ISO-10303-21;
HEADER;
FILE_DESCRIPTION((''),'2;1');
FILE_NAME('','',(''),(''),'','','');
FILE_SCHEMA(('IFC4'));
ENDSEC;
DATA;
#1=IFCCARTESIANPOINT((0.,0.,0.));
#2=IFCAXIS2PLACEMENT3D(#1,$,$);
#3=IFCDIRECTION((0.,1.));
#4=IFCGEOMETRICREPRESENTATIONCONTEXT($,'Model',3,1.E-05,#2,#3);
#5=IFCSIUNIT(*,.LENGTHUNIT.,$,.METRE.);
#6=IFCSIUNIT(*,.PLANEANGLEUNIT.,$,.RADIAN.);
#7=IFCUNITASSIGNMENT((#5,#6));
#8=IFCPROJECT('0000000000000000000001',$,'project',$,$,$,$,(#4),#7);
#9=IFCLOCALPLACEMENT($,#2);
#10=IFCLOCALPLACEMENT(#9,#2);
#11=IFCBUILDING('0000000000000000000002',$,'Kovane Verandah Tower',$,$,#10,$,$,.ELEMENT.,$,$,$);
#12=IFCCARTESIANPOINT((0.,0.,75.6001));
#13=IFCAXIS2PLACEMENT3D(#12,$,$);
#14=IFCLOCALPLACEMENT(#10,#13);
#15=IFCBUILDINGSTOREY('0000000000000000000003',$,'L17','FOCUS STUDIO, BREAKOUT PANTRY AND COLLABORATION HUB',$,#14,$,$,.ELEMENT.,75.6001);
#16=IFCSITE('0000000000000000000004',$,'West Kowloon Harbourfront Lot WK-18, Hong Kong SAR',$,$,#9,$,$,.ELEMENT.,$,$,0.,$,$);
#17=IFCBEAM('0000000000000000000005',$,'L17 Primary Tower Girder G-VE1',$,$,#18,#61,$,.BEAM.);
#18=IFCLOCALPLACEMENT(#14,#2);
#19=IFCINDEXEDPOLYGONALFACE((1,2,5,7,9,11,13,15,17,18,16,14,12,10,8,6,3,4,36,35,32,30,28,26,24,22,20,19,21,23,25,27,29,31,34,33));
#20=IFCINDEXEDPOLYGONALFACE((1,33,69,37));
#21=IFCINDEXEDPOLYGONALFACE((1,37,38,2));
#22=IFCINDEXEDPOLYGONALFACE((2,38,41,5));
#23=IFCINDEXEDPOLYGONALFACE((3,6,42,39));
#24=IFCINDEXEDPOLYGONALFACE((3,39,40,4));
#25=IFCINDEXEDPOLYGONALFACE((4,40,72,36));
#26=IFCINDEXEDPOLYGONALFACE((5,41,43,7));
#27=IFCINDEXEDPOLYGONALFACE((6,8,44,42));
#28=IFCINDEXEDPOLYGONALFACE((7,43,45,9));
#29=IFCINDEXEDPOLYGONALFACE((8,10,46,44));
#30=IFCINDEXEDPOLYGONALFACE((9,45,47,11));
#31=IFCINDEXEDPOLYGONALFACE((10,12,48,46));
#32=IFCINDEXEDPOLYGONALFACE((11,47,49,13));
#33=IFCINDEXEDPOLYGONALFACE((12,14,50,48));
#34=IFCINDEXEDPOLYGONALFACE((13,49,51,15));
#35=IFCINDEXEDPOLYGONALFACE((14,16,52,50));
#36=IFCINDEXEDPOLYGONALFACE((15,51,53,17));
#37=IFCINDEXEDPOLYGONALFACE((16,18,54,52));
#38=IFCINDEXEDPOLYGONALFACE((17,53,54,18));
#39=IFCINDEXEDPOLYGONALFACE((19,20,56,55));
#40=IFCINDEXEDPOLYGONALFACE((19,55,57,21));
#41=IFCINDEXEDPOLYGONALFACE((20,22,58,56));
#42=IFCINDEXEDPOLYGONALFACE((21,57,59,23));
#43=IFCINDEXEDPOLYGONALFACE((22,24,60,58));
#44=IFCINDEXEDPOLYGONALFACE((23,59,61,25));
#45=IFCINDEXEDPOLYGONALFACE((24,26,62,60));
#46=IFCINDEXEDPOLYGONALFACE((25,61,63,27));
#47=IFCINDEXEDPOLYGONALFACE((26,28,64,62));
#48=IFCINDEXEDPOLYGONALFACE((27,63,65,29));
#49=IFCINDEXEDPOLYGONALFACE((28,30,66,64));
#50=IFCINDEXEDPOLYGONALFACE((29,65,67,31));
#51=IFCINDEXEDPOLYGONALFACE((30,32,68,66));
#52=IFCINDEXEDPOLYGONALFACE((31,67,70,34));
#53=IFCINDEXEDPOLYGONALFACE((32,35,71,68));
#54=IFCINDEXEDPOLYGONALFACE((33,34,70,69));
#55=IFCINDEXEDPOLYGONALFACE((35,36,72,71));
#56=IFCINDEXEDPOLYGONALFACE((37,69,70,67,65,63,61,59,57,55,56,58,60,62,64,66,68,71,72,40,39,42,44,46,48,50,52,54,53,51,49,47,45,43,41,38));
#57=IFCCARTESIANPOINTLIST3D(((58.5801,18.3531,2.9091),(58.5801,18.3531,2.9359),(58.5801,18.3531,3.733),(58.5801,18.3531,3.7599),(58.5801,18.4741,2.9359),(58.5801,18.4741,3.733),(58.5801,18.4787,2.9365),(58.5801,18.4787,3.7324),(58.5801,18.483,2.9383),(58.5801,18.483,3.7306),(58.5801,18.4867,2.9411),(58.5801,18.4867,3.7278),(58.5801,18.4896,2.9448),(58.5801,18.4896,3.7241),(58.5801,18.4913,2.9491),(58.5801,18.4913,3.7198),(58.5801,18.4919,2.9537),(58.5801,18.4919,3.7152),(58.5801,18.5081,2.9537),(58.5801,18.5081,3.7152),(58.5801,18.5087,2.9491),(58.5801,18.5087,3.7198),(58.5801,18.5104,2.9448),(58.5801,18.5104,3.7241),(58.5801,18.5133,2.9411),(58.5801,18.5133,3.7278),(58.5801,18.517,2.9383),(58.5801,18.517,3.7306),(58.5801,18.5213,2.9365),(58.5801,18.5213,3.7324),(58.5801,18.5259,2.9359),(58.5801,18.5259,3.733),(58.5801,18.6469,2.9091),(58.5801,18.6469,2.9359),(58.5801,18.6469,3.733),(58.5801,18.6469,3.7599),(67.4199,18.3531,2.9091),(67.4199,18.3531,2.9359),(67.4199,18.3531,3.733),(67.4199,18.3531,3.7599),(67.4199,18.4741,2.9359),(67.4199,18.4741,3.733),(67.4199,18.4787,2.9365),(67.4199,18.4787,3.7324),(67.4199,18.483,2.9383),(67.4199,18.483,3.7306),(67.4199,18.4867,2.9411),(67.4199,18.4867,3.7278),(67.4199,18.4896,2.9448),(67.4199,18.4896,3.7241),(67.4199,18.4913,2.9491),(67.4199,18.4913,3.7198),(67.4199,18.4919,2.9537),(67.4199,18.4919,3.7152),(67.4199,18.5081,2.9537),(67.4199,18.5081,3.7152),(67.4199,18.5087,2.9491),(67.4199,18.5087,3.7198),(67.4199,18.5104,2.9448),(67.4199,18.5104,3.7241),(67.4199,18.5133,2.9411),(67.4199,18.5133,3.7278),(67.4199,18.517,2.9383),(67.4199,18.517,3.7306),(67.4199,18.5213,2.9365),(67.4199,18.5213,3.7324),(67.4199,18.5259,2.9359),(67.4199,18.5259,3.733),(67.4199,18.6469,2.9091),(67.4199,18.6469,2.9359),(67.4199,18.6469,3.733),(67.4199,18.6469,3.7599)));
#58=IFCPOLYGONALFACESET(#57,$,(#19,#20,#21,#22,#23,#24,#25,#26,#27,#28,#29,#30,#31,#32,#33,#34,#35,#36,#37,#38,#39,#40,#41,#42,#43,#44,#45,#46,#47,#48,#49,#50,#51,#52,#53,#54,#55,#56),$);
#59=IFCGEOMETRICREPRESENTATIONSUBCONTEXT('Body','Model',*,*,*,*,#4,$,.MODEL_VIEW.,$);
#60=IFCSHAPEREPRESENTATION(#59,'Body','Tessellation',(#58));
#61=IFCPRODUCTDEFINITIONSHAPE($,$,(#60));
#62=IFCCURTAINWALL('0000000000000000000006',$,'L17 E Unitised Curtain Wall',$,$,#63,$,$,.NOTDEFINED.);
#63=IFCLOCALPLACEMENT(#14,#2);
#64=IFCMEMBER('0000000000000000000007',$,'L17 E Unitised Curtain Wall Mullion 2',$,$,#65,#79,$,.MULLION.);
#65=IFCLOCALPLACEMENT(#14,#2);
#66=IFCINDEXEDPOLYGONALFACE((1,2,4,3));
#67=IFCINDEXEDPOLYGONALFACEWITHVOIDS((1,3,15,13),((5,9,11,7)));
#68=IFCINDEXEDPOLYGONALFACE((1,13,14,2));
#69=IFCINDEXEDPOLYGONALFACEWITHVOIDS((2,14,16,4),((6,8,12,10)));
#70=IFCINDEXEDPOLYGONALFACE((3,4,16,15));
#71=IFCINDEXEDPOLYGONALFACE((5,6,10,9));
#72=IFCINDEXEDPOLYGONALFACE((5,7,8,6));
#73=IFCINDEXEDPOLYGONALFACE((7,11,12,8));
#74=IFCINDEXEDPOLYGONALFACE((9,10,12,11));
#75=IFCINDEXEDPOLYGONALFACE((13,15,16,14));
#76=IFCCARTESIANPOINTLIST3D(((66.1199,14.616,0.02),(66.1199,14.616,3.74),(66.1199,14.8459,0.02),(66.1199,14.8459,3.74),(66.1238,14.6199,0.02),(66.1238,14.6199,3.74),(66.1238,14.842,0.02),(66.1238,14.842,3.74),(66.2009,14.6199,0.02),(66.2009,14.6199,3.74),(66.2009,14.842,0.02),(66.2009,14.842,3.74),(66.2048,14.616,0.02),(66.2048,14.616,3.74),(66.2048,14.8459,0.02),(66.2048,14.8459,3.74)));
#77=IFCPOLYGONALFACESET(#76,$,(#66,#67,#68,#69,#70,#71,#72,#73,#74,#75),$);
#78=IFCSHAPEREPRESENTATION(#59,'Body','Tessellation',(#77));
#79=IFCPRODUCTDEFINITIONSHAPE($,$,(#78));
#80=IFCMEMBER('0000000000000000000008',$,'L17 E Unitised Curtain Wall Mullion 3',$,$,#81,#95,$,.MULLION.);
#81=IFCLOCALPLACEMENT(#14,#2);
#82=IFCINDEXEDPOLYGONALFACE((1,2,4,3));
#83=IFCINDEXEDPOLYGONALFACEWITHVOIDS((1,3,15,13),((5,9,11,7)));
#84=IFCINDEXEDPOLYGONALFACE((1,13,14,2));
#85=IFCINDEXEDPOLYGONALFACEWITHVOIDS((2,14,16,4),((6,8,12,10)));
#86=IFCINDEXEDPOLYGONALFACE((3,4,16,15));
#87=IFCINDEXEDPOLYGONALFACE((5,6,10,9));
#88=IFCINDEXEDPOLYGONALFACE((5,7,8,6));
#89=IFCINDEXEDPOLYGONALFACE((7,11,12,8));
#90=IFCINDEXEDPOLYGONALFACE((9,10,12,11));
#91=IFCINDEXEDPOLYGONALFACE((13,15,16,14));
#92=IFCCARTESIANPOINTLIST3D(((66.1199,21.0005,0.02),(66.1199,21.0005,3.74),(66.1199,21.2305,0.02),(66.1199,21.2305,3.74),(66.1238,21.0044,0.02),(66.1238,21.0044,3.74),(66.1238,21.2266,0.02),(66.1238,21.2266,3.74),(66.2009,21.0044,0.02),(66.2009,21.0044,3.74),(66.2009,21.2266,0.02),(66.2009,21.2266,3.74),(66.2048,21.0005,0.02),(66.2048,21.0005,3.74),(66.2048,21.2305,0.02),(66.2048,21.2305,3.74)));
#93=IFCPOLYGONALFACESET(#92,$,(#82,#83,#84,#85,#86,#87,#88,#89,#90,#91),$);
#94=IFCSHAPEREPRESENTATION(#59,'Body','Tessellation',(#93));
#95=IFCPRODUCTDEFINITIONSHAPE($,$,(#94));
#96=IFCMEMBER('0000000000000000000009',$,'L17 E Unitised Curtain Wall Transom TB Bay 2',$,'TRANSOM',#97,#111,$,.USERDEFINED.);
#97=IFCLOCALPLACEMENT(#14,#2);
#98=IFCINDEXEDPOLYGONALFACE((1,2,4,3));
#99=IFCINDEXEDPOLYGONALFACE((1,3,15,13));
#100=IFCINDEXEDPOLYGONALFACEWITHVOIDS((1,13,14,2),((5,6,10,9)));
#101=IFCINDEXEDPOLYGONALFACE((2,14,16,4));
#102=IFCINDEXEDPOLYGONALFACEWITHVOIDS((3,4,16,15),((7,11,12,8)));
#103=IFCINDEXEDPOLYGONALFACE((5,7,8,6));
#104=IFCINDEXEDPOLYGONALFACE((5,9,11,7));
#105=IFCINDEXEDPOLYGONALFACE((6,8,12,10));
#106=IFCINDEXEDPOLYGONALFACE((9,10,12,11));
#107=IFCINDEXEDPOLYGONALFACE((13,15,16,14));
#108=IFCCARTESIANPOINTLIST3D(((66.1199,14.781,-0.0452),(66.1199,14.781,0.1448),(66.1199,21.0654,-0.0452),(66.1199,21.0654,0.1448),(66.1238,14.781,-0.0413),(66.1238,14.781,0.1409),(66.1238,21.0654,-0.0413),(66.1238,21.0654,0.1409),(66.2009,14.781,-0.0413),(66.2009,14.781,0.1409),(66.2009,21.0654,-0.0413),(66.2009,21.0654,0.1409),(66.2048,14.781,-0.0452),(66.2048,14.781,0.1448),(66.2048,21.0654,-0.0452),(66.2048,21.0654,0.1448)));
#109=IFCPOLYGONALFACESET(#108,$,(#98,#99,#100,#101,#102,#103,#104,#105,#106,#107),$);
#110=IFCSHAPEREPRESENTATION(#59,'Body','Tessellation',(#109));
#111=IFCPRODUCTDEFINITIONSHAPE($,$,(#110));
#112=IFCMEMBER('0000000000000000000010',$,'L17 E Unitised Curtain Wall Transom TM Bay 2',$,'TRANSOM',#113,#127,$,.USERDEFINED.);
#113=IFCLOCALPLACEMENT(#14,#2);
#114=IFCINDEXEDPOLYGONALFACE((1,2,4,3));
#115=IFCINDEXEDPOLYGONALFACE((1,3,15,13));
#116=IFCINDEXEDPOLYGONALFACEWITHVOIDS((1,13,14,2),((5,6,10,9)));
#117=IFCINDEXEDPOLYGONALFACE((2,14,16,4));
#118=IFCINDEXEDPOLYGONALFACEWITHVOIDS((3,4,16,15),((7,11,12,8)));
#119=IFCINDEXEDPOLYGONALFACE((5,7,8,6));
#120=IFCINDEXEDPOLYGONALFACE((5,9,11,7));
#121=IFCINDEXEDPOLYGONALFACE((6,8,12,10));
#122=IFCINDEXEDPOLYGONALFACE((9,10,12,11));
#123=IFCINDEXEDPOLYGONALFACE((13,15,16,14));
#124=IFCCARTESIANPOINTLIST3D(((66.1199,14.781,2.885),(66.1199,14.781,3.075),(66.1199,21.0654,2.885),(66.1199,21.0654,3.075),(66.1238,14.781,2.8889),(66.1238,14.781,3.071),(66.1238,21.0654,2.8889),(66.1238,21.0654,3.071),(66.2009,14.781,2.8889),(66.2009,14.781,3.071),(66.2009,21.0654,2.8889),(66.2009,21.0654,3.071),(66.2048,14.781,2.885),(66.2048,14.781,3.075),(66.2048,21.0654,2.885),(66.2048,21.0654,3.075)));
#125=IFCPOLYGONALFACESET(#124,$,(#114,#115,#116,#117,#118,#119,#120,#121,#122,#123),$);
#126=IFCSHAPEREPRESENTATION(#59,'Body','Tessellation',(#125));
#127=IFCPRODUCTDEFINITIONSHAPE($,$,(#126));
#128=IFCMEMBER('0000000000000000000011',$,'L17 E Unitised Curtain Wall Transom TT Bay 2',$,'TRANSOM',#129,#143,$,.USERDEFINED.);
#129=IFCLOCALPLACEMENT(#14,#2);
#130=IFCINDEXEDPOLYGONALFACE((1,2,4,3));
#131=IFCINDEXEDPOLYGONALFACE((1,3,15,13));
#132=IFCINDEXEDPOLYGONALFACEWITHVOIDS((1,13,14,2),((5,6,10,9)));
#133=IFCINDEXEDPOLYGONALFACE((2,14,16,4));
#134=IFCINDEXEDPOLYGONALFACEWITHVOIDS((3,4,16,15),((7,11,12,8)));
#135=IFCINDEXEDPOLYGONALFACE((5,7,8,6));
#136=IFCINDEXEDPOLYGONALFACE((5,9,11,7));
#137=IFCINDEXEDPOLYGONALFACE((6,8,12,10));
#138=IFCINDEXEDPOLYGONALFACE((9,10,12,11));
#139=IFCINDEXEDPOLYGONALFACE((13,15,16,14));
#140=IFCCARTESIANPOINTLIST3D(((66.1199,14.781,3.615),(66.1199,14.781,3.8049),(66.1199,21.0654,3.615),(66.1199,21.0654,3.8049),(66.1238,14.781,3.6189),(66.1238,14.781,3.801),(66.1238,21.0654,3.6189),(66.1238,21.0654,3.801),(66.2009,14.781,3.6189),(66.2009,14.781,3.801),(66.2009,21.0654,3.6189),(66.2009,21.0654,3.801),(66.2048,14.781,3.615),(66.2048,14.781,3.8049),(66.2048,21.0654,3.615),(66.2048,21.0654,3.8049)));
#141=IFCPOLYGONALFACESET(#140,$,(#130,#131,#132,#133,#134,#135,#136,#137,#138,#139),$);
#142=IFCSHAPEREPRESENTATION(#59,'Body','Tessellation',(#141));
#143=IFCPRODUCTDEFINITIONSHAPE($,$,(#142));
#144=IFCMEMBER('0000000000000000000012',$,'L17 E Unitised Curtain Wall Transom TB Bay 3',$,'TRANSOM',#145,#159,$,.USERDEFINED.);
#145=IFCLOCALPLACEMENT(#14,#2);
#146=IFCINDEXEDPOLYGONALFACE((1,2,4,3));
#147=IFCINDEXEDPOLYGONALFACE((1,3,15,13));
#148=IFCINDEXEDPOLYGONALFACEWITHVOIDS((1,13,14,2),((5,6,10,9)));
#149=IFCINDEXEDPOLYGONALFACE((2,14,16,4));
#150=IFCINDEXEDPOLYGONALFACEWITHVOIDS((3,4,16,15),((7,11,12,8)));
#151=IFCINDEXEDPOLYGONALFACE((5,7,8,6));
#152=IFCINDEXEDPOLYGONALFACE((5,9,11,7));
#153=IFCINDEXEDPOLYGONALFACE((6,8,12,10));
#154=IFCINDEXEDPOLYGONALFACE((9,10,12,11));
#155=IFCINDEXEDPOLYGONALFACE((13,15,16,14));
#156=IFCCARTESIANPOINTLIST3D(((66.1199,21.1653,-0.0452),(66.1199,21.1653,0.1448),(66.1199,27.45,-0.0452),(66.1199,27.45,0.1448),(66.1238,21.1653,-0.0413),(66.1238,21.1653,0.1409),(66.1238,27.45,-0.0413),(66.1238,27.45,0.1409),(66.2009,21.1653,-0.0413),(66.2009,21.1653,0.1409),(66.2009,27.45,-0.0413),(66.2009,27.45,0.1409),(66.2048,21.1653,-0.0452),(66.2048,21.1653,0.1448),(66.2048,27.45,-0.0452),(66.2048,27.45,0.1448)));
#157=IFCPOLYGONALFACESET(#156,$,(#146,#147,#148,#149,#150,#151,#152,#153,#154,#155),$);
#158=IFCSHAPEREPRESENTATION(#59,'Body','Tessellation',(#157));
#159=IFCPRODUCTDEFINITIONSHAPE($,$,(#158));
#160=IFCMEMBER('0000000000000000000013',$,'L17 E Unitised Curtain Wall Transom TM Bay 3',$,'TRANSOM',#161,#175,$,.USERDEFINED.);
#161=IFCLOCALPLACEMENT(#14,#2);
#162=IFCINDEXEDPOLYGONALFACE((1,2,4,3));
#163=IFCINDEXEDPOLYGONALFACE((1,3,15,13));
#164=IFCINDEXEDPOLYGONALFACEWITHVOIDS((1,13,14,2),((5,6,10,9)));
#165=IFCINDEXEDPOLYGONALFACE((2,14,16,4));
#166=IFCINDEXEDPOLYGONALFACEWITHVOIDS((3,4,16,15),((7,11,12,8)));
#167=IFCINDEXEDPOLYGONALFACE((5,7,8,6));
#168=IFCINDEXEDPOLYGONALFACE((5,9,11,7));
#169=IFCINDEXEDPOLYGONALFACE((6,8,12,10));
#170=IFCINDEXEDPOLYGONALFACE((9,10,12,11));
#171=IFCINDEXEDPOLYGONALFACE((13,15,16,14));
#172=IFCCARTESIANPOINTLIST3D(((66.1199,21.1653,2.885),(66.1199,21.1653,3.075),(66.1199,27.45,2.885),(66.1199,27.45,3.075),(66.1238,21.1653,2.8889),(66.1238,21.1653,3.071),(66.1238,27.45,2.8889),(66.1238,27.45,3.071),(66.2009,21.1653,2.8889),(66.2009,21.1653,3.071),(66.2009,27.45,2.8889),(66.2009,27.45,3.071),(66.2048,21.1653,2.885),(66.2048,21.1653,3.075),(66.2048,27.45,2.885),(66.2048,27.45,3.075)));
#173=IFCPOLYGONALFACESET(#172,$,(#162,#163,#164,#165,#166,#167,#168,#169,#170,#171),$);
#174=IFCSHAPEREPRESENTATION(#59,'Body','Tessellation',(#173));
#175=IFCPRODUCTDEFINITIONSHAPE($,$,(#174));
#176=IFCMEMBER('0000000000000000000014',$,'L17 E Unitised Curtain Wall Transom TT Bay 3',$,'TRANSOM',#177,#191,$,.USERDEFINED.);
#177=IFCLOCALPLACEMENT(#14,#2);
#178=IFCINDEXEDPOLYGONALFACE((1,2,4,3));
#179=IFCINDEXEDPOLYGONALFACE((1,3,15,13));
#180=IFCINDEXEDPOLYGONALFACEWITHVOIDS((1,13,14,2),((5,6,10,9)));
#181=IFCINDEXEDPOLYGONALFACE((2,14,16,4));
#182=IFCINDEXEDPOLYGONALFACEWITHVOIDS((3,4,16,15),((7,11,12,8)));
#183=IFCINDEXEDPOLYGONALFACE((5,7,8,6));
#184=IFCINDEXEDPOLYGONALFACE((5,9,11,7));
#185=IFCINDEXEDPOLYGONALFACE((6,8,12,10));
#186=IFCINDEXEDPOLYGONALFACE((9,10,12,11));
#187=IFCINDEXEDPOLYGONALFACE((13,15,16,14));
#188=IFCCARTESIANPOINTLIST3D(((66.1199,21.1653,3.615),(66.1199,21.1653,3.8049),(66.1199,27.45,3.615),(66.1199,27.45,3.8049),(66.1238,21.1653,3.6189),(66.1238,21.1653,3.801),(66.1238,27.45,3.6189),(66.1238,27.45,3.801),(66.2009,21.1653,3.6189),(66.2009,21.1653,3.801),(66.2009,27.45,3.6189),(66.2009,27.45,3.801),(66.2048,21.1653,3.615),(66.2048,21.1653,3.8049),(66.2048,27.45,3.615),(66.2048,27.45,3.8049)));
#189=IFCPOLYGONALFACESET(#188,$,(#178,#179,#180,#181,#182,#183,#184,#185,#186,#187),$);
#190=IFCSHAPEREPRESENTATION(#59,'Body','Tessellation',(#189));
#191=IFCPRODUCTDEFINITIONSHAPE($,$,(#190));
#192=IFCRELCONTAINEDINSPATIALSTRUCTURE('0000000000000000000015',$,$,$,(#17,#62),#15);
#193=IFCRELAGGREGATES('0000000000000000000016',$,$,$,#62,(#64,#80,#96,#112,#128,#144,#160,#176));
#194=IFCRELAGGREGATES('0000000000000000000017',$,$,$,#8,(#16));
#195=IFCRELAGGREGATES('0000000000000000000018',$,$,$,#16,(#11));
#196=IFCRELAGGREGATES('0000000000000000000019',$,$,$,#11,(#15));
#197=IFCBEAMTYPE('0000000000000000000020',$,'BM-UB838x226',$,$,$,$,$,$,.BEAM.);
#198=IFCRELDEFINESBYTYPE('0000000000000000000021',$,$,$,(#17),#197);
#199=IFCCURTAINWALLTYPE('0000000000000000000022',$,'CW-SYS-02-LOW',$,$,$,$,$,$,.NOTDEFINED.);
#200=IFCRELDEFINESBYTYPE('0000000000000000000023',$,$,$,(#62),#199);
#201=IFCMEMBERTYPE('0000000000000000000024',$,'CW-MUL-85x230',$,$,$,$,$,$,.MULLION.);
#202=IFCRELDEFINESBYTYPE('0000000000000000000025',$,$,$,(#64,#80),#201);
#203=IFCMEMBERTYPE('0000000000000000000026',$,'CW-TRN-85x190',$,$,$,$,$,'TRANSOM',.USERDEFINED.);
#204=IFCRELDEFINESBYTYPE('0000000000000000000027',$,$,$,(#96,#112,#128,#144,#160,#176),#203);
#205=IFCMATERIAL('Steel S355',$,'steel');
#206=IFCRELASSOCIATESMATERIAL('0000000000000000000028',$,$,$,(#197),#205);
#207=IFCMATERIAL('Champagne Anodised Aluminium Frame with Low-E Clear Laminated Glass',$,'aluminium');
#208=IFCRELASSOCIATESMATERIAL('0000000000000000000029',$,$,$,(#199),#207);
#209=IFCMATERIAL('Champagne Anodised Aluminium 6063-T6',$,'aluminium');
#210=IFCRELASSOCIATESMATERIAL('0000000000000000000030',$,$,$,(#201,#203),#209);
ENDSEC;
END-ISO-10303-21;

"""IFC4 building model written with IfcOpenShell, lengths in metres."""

from ifc_helpers import new_model, si_unit, direction, frame, origin, origin_2d, place, context, subcontext, project, spatial, hollow_rectangle, i_section, extrude, material, material_profile, profile_set, type_object, element, aggregate, save


model = new_model("IFC4")

# Units and contexts
model_context = context("Model", 3, precision=1e-05, world=origin(), true_north=direction((0.0, 1.0)))
body_context = subcontext(model_context, "Body", "Model", "MODEL_VIEW")
ifc_project = project(units=[si_unit("LENGTHUNIT", "METRE"), si_unit("PLANEANGLEUNIT", "RADIAN")], contexts=[model_context])

# Site, building, storey
site_placement = place(None, origin())
site = spatial("IfcSite", under=ifc_project, at=site_placement, Name="West Kowloon Harbourfront Lot WK-18, Hong Kong SAR", CompositionType="ELEMENT", RefElevation=0.0)
building_placement = place(site_placement, origin())
building = spatial("IfcBuilding", under=site, at=building_placement, Name="Kovane Verandah Tower", CompositionType="ELEMENT")
storey_placement = place(building_placement, frame((0.0, 0.0, 75.6001)))
storey = spatial("IfcBuildingStorey", under=building, at=storey_placement, Name="L17", Description="FOCUS STUDIO, BREAKOUT PANTRY AND COLLABORATION HUB", CompositionType="ELEMENT", Elevation=75.6001)

# Beam
ifc_material_1 = material(Name="Steel S355", Category="steel")
ifc_material_profile_1 = material_profile(ifc_material_1, i_section(OverallWidth=0.2937, OverallDepth=0.8508, WebThickness=0.0161, FlangeThickness=0.0269, FilletRadius=0.0178, at=origin_2d()), Name="UB838x292x226")
ifc_profile_set_1 = profile_set([ifc_material_profile_1], Name="Steel S355")
beam_type_1 = type_object("IfcBeamType", Name="BM-UB838x226", PredefinedType="BEAM", material=ifc_profile_set_1)
beam_1_placement = place(storey_placement, frame((58.5801, 18.5, 3.3345), z_axis=(1.0, 0.0, 0.0), x_axis=(0.0, 1.0, 0.0)))
element("IfcBeam", 1, at=beam_1_placement, inside=storey, type_object=beam_type_1, Name="L17 Primary Tower Girder G-VE1", PredefinedType="BEAM", context=body_context, shape_type="SweptSolid", body=[
    extrude(i_section(OverallWidth=0.2937, OverallDepth=0.8508, WebThickness=0.0161, FlangeThickness=0.0269, FilletRadius=0.0178, at=origin_2d()), origin(), (0.0, 0.0, 1.0), 8.8398),
])

# Curtain wall, members
ifc_material_2 = material(Name="Champagne Anodised Aluminium Frame with Low-E Clear Laminated Glass", Category="aluminium")
curtain_wall_type = type_object("IfcCurtainWallType", Name="CW-SYS-02-LOW", PredefinedType="NOTDEFINED", material=ifc_material_2)
curtain_wall_placement = place(storey_placement, origin())
curtain_wall = element("IfcCurtainWall", 2, at=curtain_wall_placement, inside=storey, type_object=curtain_wall_type, Name="L17 E Unitised Curtain Wall", PredefinedType="NOTDEFINED")
ifc_material_3 = material(Name="Champagne Anodised Aluminium 6063-T6", Category="aluminium")
ifc_material_profile_2 = material_profile(ifc_material_3, hollow_rectangle(XDim=0.085, YDim=0.23, WallThickness=0.0039, at=origin_2d()), Name="AL85x230x4")
ifc_profile_set_2 = profile_set([ifc_material_profile_2], Name="Champagne Anodised Aluminium 6063-T6")
member_type_1 = type_object("IfcMemberType", Name="CW-MUL-85x230", PredefinedType="MULLION", material=ifc_profile_set_2)
member_1_placement = place(storey_placement, frame((66.1624, 14.731, 0.02), z_axis=(0.0, 0.0, 1.0), x_axis=(1.0, 0.0, 0.0)))
member_1 = element("IfcMember", 3, at=member_1_placement, type_object=member_type_1, Name="L17 E Unitised Curtain Wall Mullion 2", PredefinedType="MULLION", context=body_context, shape_type="SweptSolid", body=[
    extrude(hollow_rectangle(XDim=0.085, YDim=0.23, WallThickness=0.0039, at=origin_2d()), origin(), (0.0, 0.0, 1.0), 3.72),
])
member_2_placement = place(storey_placement, frame((66.1624, 21.1155, 0.02), z_axis=(0.0, 0.0, 1.0), x_axis=(1.0, 0.0, 0.0)))
member_2 = element("IfcMember", 4, at=member_2_placement, type_object=member_type_1, Name="L17 E Unitised Curtain Wall Mullion 3", PredefinedType="MULLION", context=body_context, shape_type="SweptSolid", body=[
    extrude(hollow_rectangle(XDim=0.085, YDim=0.23, WallThickness=0.0039, at=origin_2d()), origin(), (0.0, 0.0, 1.0), 3.72),
])
ifc_material_profile_3 = material_profile(ifc_material_3, hollow_rectangle(XDim=0.085, YDim=0.1899, WallThickness=0.0039, at=origin_2d()), Name="AL85x190x4")
ifc_profile_set_3 = profile_set([ifc_material_profile_3], Name="Champagne Anodised Aluminium 6063-T6")
member_type_2 = type_object("IfcMemberType", Name="CW-TRN-85x190", ElementType="TRANSOM", PredefinedType="USERDEFINED", material=ifc_profile_set_3)
member_3_placement = place(storey_placement, frame((66.1624, 14.781, 0.0498), z_axis=(0.0, 1.0, 0.0), x_axis=(-1.0, 0.0, 0.0)))
member_3 = element("IfcMember", 5, at=member_3_placement, type_object=member_type_2, Name="L17 E Unitised Curtain Wall Transom TB Bay 2", ObjectType="TRANSOM", PredefinedType="USERDEFINED", context=body_context, shape_type="SweptSolid", body=[
    extrude(hollow_rectangle(XDim=0.085, YDim=0.1899, WallThickness=0.0039, at=origin_2d()), origin(), (0.0, 0.0, 1.0), 6.2844),
])
member_4_placement = place(storey_placement, frame((66.1624, 14.781, 2.98), z_axis=(0.0, 1.0, 0.0), x_axis=(-1.0, 0.0, 0.0)))
member_4 = element("IfcMember", 6, at=member_4_placement, type_object=member_type_2, Name="L17 E Unitised Curtain Wall Transom TM Bay 2", ObjectType="TRANSOM", PredefinedType="USERDEFINED", context=body_context, shape_type="SweptSolid", body=[
    extrude(hollow_rectangle(XDim=0.085, YDim=0.1899, WallThickness=0.0039, at=origin_2d()), origin(), (0.0, 0.0, 1.0), 6.2844),
])
member_5_placement = place(storey_placement, frame((66.1624, 14.781, 3.71), z_axis=(0.0, 1.0, 0.0), x_axis=(-1.0, 0.0, 0.0)))
member_5 = element("IfcMember", 7, at=member_5_placement, type_object=member_type_2, Name="L17 E Unitised Curtain Wall Transom TT Bay 2", ObjectType="TRANSOM", PredefinedType="USERDEFINED", context=body_context, shape_type="SweptSolid", body=[
    extrude(hollow_rectangle(XDim=0.085, YDim=0.1899, WallThickness=0.0039, at=origin_2d()), origin(), (0.0, 0.0, 1.0), 6.2844),
])
member_6_placement = place(storey_placement, frame((66.1624, 21.1653, 0.0498), z_axis=(0.0, 1.0, 0.0), x_axis=(-1.0, 0.0, 0.0)))
member_6 = element("IfcMember", 8, at=member_6_placement, type_object=member_type_2, Name="L17 E Unitised Curtain Wall Transom TB Bay 3", ObjectType="TRANSOM", PredefinedType="USERDEFINED", context=body_context, shape_type="SweptSolid", body=[
    extrude(hollow_rectangle(XDim=0.085, YDim=0.1899, WallThickness=0.0039, at=origin_2d()), origin(), (0.0, 0.0, 1.0), 6.2847),
])
member_7_placement = place(storey_placement, frame((66.1624, 21.1653, 2.98), z_axis=(0.0, 1.0, 0.0), x_axis=(-1.0, 0.0, 0.0)))
member_7 = element("IfcMember", 9, at=member_7_placement, type_object=member_type_2, Name="L17 E Unitised Curtain Wall Transom TM Bay 3", ObjectType="TRANSOM", PredefinedType="USERDEFINED", context=body_context, shape_type="SweptSolid", body=[
    extrude(hollow_rectangle(XDim=0.085, YDim=0.1899, WallThickness=0.0039, at=origin_2d()), origin(), (0.0, 0.0, 1.0), 6.2847),
])
member_8_placement = place(storey_placement, frame((66.1624, 21.1653, 3.71), z_axis=(0.0, 1.0, 0.0), x_axis=(-1.0, 0.0, 0.0)))
member_8 = element("IfcMember", 10, at=member_8_placement, type_object=member_type_2, Name="L17 E Unitised Curtain Wall Transom TT Bay 3", ObjectType="TRANSOM", PredefinedType="USERDEFINED", context=body_context, shape_type="SweptSolid", body=[
    extrude(hollow_rectangle(XDim=0.085, YDim=0.1899, WallThickness=0.0039, at=origin_2d()), origin(), (0.0, 0.0, 1.0), 6.2847),
])

aggregate(curtain_wall, [member_1, member_2, member_3, member_4, member_5, member_6, member_7, member_8])

save(model, "model.ifc")
